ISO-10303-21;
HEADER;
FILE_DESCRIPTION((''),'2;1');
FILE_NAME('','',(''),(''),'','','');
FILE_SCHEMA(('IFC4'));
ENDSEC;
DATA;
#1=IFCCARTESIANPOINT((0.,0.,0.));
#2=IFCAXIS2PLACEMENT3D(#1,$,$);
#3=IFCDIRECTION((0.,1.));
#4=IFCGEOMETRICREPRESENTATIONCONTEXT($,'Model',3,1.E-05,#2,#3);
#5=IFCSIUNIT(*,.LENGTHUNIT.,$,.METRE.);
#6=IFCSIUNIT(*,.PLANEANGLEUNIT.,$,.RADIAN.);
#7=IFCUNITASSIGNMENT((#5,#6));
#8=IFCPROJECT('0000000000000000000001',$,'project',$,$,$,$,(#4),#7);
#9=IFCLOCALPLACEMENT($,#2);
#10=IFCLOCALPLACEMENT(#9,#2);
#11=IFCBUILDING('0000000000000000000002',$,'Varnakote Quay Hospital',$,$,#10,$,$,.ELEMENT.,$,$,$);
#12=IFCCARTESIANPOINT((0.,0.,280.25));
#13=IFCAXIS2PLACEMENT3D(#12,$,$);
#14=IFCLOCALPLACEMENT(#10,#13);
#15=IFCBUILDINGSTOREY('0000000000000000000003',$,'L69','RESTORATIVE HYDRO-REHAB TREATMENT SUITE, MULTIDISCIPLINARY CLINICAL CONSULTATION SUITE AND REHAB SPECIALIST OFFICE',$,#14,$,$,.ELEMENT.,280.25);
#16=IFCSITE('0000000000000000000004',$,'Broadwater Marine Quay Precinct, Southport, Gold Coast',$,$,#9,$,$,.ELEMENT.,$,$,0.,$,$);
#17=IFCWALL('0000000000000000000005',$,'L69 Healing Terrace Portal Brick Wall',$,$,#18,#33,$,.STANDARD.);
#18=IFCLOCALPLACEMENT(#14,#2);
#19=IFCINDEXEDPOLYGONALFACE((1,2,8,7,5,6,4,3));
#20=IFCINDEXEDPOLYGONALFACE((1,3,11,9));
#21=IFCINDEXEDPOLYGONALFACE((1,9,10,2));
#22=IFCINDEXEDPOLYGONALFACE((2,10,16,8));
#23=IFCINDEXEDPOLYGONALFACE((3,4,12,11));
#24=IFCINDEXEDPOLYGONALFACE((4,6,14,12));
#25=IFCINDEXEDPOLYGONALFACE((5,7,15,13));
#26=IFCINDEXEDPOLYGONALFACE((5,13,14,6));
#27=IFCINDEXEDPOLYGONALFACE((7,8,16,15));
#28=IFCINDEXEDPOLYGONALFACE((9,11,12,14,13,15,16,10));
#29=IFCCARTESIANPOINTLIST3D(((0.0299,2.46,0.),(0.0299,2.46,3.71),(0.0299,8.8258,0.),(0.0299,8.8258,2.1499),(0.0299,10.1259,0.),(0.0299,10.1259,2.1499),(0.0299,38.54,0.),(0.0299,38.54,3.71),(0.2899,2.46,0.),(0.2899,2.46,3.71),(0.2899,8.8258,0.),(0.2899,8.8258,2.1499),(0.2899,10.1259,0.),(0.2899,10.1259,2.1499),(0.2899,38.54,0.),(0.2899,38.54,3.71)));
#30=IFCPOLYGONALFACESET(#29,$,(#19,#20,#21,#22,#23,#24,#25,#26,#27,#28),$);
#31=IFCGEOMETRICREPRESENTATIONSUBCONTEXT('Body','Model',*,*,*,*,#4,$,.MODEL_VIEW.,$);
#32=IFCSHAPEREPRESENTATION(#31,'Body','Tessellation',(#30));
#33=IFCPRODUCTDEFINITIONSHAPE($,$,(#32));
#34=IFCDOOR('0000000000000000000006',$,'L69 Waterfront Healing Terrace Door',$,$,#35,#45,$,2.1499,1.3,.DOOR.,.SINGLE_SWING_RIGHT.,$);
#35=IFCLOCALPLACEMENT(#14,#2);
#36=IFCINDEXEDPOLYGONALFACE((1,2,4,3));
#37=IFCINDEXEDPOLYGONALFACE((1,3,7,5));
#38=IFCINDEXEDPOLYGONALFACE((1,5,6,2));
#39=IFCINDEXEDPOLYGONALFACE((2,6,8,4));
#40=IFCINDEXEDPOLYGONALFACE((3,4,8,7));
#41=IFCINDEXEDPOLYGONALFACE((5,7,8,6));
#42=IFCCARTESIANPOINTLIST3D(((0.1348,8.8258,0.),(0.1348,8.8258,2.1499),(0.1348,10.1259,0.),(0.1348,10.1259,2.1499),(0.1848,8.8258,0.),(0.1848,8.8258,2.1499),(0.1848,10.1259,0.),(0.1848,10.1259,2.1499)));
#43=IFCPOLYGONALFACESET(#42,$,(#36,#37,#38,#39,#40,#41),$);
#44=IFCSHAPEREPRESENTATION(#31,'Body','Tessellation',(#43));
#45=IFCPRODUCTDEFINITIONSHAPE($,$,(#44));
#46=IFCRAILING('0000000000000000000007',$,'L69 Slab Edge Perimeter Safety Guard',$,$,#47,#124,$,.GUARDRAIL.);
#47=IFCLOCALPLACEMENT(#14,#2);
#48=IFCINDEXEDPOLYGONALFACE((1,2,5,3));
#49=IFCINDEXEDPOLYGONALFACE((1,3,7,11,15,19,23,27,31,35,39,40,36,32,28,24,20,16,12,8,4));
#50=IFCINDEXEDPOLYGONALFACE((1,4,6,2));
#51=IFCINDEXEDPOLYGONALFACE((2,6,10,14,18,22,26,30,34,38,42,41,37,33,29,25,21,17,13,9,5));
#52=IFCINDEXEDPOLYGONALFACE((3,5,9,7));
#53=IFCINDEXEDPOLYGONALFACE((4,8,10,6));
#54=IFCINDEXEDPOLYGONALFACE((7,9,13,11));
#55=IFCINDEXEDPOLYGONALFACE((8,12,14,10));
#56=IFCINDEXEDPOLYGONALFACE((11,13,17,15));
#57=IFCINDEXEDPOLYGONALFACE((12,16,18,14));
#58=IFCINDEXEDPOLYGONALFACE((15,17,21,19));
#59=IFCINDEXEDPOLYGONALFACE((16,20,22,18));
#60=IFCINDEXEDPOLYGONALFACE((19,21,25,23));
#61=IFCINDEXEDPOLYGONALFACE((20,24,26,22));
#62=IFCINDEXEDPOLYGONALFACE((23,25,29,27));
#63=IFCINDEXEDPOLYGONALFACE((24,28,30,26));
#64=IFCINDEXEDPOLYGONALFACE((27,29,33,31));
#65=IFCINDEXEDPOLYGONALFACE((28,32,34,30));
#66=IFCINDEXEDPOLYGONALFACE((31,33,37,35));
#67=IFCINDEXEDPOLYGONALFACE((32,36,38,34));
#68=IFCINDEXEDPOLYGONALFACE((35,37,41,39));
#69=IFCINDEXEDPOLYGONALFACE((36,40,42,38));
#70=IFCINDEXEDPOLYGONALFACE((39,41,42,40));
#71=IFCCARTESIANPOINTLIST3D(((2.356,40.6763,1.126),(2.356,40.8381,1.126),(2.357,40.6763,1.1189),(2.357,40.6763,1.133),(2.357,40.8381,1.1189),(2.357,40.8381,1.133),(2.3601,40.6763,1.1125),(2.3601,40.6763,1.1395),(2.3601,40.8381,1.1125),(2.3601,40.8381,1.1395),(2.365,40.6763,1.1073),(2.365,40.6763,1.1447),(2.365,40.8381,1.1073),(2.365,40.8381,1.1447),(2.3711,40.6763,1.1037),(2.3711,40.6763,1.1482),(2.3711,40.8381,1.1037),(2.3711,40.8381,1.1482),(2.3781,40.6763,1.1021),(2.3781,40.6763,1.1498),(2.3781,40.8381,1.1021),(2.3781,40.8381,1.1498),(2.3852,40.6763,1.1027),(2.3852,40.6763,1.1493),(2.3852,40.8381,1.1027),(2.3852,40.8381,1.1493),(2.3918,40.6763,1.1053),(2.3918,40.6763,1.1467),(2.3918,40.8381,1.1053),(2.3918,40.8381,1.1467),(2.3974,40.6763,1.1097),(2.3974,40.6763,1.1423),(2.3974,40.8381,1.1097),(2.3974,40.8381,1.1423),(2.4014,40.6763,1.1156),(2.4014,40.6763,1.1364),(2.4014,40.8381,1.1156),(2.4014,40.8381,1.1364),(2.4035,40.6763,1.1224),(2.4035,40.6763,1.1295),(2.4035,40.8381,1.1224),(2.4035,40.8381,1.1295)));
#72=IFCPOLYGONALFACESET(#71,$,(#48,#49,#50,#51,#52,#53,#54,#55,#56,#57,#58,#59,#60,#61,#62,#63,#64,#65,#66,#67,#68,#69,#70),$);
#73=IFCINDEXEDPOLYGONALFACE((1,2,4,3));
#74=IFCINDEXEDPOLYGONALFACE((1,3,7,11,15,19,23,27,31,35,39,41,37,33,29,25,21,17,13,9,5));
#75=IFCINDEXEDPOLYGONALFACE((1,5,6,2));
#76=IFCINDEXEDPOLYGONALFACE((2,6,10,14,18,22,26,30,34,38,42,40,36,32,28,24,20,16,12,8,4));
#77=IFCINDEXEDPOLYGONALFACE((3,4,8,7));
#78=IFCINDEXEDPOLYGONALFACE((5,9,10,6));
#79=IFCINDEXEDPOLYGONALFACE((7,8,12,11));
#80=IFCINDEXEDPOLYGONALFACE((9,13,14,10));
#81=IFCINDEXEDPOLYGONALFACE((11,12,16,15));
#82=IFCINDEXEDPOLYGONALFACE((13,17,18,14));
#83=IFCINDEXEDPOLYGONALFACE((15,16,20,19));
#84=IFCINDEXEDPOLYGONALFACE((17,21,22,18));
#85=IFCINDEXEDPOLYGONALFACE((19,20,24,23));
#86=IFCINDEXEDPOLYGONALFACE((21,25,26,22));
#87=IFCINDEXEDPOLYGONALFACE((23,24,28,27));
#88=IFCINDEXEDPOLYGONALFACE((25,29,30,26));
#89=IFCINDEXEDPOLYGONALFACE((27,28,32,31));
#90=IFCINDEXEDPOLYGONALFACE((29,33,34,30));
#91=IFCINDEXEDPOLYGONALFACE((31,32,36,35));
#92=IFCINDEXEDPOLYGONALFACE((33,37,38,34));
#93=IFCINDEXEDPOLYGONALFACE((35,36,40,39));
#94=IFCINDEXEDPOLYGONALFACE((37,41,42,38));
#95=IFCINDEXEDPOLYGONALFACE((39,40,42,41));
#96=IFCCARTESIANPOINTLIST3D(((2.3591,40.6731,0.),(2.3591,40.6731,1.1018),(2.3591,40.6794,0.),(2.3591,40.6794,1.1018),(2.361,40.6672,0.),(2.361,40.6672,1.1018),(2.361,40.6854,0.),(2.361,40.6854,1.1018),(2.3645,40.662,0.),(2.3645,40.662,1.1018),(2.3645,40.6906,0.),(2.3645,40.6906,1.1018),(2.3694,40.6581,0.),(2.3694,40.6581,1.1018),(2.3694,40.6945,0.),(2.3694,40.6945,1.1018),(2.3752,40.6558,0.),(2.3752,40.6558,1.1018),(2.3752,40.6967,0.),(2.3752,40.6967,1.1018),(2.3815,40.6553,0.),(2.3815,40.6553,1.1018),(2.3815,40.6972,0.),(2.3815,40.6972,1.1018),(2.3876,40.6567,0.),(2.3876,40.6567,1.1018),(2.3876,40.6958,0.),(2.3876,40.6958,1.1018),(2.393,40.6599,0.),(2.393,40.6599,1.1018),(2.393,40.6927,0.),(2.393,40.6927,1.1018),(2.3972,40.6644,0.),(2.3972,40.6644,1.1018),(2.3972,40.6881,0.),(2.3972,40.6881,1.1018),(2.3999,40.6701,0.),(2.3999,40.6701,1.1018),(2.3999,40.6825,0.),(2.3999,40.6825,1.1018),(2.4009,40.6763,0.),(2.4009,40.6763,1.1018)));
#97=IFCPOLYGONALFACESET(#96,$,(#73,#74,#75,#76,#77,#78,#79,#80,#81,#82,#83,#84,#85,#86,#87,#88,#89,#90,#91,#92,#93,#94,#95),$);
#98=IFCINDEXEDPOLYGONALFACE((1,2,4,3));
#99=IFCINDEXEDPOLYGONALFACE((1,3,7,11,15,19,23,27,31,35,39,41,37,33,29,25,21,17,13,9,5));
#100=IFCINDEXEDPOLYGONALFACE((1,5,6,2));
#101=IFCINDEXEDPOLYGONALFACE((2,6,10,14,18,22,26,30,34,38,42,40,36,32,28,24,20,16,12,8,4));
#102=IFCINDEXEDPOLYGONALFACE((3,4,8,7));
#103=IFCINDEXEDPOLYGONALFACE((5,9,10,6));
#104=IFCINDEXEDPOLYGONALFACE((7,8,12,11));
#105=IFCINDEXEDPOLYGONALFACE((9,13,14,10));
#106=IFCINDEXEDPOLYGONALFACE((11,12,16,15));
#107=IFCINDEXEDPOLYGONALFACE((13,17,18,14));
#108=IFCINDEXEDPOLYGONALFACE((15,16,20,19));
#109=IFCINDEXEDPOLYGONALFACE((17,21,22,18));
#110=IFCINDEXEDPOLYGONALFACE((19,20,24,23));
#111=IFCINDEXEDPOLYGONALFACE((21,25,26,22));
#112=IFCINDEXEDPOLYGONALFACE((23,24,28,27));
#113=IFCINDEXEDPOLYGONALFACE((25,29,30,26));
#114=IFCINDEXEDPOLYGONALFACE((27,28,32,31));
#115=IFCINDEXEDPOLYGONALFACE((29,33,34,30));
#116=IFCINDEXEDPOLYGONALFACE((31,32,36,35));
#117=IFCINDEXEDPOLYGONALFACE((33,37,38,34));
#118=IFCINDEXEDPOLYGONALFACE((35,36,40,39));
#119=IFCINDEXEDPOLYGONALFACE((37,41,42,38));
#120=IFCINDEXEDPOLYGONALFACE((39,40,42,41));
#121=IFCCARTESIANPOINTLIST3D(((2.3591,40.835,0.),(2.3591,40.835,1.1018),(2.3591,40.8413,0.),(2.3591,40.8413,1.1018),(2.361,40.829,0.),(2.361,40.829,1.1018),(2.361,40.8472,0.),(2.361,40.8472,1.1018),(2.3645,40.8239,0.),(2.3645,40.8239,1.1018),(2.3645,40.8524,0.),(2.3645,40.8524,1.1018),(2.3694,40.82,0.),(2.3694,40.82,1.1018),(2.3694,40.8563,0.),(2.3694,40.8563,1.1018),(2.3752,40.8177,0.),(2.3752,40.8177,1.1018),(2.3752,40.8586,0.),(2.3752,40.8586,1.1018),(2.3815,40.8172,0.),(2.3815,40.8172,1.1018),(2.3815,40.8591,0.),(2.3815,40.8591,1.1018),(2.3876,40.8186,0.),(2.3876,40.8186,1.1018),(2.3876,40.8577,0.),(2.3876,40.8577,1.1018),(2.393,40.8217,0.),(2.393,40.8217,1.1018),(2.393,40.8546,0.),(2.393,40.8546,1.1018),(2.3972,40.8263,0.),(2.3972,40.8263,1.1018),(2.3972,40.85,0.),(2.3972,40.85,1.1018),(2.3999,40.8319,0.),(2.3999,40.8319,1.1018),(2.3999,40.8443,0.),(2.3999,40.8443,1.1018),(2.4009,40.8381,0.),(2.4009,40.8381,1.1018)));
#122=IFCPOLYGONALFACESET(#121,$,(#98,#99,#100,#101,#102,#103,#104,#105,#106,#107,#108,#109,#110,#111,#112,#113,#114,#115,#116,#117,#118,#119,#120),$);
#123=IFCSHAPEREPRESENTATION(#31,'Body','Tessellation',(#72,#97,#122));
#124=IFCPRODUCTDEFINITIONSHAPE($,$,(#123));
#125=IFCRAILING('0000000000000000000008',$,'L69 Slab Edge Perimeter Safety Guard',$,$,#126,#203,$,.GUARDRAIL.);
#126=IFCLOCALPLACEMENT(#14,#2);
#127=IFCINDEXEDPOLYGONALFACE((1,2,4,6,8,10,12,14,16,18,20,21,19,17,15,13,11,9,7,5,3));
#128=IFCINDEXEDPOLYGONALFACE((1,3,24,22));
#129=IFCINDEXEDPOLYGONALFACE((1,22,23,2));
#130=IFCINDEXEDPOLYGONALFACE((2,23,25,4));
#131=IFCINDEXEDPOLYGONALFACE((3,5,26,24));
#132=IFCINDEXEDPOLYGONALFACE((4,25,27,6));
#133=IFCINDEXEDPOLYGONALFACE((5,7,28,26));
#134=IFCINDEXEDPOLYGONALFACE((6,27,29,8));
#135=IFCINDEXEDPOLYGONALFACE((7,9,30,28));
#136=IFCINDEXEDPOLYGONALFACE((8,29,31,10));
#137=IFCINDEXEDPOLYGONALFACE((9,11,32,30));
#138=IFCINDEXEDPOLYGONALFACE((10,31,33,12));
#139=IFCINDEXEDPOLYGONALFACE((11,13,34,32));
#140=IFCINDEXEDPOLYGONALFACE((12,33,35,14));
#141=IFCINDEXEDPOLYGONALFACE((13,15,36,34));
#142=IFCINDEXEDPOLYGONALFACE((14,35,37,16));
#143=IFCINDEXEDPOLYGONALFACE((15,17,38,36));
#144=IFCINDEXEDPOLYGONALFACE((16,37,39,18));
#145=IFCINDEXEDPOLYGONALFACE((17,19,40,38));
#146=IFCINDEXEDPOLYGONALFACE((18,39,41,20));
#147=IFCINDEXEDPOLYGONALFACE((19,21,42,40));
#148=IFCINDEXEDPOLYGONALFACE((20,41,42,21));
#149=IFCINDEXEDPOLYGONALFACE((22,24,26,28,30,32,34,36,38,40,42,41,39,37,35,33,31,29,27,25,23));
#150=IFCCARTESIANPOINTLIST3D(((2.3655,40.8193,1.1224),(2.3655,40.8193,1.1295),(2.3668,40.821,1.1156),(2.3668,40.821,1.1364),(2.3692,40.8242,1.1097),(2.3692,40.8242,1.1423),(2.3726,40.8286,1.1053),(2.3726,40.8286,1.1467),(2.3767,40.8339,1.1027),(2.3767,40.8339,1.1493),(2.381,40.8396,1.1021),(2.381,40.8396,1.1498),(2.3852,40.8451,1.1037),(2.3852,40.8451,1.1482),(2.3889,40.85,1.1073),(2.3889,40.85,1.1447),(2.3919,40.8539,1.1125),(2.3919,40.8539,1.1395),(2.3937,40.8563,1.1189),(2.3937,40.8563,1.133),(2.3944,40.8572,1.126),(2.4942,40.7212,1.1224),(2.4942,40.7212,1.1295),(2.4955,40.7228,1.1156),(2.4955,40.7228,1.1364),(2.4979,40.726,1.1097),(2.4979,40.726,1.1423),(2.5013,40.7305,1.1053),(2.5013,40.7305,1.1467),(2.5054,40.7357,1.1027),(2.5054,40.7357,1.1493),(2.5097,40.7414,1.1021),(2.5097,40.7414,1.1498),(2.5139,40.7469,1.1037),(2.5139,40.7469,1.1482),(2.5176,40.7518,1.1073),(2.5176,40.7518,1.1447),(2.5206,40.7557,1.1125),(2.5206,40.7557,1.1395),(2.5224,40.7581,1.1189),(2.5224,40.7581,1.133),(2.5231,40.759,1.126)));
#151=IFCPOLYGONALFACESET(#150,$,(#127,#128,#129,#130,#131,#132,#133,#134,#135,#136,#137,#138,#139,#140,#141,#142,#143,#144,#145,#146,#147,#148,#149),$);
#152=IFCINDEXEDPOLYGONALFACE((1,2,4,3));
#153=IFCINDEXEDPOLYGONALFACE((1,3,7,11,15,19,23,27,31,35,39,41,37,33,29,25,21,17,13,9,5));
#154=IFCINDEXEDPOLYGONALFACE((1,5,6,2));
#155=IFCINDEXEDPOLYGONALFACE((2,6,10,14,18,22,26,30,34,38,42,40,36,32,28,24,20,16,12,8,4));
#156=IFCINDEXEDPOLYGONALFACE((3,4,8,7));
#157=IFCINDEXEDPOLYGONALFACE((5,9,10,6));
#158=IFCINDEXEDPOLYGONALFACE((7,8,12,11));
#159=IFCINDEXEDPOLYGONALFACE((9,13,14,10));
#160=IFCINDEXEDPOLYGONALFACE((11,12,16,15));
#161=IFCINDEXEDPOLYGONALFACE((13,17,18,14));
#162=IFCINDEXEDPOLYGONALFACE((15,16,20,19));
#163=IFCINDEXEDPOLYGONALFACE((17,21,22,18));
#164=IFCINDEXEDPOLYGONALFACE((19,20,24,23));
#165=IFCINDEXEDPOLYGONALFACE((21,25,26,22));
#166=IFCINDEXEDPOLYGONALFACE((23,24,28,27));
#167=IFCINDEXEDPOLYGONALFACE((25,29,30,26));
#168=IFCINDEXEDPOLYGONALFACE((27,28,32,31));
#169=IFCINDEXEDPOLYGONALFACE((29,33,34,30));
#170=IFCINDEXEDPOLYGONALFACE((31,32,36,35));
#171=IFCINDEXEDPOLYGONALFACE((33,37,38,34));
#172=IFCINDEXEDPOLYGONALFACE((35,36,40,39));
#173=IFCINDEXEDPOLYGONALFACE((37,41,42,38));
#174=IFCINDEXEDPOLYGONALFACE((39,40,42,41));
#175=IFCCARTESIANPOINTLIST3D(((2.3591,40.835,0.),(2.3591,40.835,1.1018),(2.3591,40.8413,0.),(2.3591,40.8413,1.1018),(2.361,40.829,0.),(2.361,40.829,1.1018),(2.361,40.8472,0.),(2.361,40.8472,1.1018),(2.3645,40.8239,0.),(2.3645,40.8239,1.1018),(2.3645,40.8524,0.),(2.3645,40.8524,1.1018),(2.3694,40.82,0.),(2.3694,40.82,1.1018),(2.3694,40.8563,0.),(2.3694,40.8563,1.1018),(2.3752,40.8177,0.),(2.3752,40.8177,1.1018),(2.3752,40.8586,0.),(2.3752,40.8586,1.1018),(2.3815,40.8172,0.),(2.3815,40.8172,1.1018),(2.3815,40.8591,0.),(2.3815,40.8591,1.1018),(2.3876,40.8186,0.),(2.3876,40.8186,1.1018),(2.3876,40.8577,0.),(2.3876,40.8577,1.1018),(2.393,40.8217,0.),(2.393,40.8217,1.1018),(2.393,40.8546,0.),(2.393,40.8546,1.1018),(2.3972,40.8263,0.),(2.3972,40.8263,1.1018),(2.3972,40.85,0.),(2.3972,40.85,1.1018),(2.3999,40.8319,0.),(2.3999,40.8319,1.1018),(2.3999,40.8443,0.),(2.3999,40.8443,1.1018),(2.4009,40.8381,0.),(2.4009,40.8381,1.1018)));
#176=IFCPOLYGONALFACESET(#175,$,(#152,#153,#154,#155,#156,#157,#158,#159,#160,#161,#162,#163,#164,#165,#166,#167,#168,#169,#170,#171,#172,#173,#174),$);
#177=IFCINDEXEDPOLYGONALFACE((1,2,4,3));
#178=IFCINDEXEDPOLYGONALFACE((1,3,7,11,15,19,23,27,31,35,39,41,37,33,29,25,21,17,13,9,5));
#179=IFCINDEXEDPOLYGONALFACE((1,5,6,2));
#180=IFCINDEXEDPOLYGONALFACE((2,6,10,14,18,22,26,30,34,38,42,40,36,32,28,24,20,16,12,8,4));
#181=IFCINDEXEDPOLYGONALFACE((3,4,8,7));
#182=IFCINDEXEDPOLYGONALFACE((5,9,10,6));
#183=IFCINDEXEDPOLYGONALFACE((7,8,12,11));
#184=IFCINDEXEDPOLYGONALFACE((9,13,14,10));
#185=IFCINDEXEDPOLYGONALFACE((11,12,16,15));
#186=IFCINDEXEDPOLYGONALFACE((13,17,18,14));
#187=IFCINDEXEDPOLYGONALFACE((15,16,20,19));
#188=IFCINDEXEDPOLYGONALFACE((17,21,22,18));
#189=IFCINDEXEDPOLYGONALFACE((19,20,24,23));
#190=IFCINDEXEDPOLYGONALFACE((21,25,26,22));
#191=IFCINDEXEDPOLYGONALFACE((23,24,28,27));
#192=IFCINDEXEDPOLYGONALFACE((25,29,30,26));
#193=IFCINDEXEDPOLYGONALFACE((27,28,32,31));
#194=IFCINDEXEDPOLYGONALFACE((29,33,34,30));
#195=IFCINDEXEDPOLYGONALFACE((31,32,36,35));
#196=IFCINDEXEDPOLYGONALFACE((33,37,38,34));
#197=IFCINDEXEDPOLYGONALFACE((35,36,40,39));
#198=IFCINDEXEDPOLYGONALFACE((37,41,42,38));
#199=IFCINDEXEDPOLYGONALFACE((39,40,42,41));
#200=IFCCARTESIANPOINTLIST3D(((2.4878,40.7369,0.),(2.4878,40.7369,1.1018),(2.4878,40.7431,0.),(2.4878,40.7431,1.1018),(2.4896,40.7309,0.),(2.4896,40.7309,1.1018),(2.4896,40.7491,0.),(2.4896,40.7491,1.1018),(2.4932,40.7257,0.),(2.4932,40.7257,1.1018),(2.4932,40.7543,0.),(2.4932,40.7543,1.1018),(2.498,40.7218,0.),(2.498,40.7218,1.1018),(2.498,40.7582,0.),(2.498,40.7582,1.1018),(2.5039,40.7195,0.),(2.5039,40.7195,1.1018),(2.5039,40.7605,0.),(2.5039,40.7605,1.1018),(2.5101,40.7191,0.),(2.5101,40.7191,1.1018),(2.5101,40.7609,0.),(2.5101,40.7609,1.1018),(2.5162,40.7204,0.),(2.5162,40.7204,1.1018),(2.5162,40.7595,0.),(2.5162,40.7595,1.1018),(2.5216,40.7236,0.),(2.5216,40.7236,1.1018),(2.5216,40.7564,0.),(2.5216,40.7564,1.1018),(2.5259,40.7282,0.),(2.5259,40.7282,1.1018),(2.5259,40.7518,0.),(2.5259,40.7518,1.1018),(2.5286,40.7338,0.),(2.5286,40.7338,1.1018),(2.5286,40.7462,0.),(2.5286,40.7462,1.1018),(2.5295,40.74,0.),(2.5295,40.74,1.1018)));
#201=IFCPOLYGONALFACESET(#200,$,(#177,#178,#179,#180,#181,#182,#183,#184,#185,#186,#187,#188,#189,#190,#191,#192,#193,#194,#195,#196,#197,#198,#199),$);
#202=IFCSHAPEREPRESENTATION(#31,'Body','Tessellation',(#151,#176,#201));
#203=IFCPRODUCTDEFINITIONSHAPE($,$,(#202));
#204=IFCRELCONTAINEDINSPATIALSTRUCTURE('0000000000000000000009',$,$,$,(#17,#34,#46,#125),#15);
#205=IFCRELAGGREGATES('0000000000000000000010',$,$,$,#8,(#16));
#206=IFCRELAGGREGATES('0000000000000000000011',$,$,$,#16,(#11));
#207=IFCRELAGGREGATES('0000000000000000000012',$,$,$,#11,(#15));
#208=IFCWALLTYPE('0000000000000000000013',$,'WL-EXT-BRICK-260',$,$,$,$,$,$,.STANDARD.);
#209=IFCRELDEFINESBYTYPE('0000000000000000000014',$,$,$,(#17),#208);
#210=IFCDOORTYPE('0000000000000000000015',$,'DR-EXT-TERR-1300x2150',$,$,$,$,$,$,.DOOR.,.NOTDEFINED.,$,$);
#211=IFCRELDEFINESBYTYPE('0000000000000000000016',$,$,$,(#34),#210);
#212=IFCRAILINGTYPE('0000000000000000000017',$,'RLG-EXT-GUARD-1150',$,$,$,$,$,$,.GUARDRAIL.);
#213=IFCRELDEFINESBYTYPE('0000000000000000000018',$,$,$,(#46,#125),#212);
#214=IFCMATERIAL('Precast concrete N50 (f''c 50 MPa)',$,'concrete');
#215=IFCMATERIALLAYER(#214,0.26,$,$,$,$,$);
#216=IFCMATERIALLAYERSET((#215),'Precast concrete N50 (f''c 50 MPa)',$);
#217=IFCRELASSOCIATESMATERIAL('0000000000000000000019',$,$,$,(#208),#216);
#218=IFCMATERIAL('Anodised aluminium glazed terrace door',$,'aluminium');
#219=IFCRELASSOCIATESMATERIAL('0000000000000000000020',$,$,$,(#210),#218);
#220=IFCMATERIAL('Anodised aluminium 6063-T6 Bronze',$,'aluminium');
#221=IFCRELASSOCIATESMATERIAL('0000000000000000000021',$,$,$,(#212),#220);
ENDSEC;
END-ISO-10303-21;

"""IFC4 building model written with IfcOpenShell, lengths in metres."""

from ifc_helpers import new_model, si_unit, direction, frame, frame_2d, origin, origin_2d, place, context, subcontext, project, spatial, rectangle, circle, extrude, material, layer, layer_set, type_object, element, fill, save


model = new_model("IFC4")

# Units and contexts
model_context = context("Model", 3, precision=1e-05, world=origin(), true_north=direction((0.0, 1.0)))
body_context = subcontext(model_context, "Body", "Model", "MODEL_VIEW")
ifc_project = project(units=[si_unit("LENGTHUNIT", "METRE"), si_unit("PLANEANGLEUNIT", "RADIAN")], contexts=[model_context])

# Site, building, storey
site_placement = place(None, origin())
site = spatial("IfcSite", under=ifc_project, at=site_placement, Name="Broadwater Marine Quay Precinct, Southport, Gold Coast", CompositionType="ELEMENT", RefElevation=0.0)
building_placement = place(site_placement, origin())
building = spatial("IfcBuilding", under=site, at=building_placement, Name="Varnakote Quay Hospital", CompositionType="ELEMENT")
storey_placement = place(building_placement, frame((0.0, 0.0, 280.25)))
storey = spatial("IfcBuildingStorey", under=building, at=storey_placement, Name="L69", Description="RESTORATIVE HYDRO-REHAB TREATMENT SUITE, MULTIDISCIPLINARY CLINICAL CONSULTATION SUITE AND REHAB SPECIALIST OFFICE", CompositionType="ELEMENT", Elevation=280.25)

# Shared definitions
ifc_material_1 = material(Name="Precast concrete N50 (f'c 50 MPa)", Category="concrete")
ifc_layer_1 = layer(ifc_material_1, 0.26)
ifc_layer_set_1 = layer_set([ifc_layer_1], Name="Precast concrete N50 (f'c 50 MPa)")
wall_type = type_object("IfcWallType", Name="WL-EXT-BRICK-260", PredefinedType="STANDARD", material=ifc_layer_set_1)

# Wall, opening, door
wall_1_placement = place(storey_placement, frame((0.1599, 38.54, 0.0), z_axis=(0.0, 0.0, 1.0), x_axis=(0.0, -1.0, 0.0)))
wall_1 = element("IfcWall", 1, at=wall_1_placement, inside=storey, type_object=wall_type, Name="L69 Healing Terrace Portal Brick Wall", PredefinedType="STANDARD", context=body_context, shape_type="SweptSolid", body=[
    extrude(rectangle(XDim=36.0801, YDim=0.26, at=frame_2d((18.04, 0.0))), origin(), (0.0, 0.0, 1.0), 3.71),
])
opening_1_placement = place(wall_1_placement, frame((28.4143, 0.0, 0.0)))
opening_1 = element("IfcOpeningElement", 2, at=opening_1_placement, cuts=wall_1, PredefinedType="OPENING", context=body_context, shape_type="SweptSolid", body=[
    extrude(rectangle(XDim=1.3, YDim=2.1499, at=frame_2d((0.6499, 1.075))), frame((0.0, 0.1399, 0.0), z_axis=(0.0, -1.0, 0.0), x_axis=(1.0, 0.0, 0.0)), (0.0, 0.0, 1.0), 0.28),
])
ifc_material_2 = material(Name="Anodised aluminium glazed terrace door", Category="aluminium")
door_type = type_object("IfcDoorType", Name="DR-EXT-TERR-1300x2150", OperationType="NOTDEFINED", PredefinedType="DOOR", material=ifc_material_2)
door_placement = place(opening_1_placement, origin())
door = element("IfcDoor", 3, at=door_placement, inside=storey, type_object=door_type, Name="L69 Waterfront Healing Terrace Door", OperationType="SINGLE_SWING_RIGHT", OverallHeight=2.1499, OverallWidth=1.3, PredefinedType="DOOR", context=body_context, shape_type="SweptSolid", body=[
    extrude(rectangle(XDim=1.3, YDim=2.1499, at=frame_2d((0.6499, 1.075))), frame((0.0, 0.0249, 0.0), z_axis=(0.0, -1.0, 0.0), x_axis=(1.0, 0.0, 0.0)), (0.0, 0.0, 1.0), 0.05),
])
fill(opening_1, door)

# Railings
ifc_material_3 = material(Name="Anodised aluminium 6063-T6 Bronze", Category="aluminium")
railing_type = type_object("IfcRailingType", Name="RLG-EXT-GUARD-1150", PredefinedType="GUARDRAIL", material=ifc_material_3)
railing_1_placement = place(storey_placement, frame((2.3799, 40.6763, 0.0)))
element("IfcRailing", 4, at=railing_1_placement, inside=storey, type_object=railing_type, Name="L69 Slab Edge Perimeter Safety Guard", PredefinedType="GUARDRAIL", context=body_context, shape_type="SweptSolid", body=[
    extrude(circle(Radius=0.0239, at=origin_2d()), frame((0.0, 0.0, 1.126), z_axis=(0.0, 1.0, 0.0), x_axis=(-1.0, 0.0, 0.0)), (0.0, 0.0, 1.0), 0.1619),
    extrude(circle(Radius=0.021, at=origin_2d()), origin(), (0.0, 0.0, 1.0), 1.1018),
    extrude(circle(Radius=0.021, at=origin_2d()), frame((0.0, 0.1619, 0.0)), (0.0, 0.0, 1.0), 1.1018),
])
railing_2_placement = place(storey_placement, frame((2.3799, 40.8381, 0.0)))
element("IfcRailing", 5, at=railing_2_placement, inside=storey, type_object=railing_type, Name="L69 Slab Edge Perimeter Safety Guard", PredefinedType="GUARDRAIL", context=body_context, shape_type="SweptSolid", body=[
    extrude(circle(Radius=0.0239, at=origin_2d()), frame((0.0, 0.0, 1.126), z_axis=(0.795085, -0.606498, 0.0), x_axis=(0.606498, 0.795085, 0.0)), (0.0, 0.0, 1.0), 0.1619),
    extrude(circle(Radius=0.021, at=origin_2d()), origin(), (0.0, 0.0, 1.0), 1.1018),
    extrude(circle(Radius=0.021, at=origin_2d()), frame((0.1287, -0.0981, 0.0)), (0.0, 0.0, 1.0), 1.1018),
])

save(model, "model.ifc")
